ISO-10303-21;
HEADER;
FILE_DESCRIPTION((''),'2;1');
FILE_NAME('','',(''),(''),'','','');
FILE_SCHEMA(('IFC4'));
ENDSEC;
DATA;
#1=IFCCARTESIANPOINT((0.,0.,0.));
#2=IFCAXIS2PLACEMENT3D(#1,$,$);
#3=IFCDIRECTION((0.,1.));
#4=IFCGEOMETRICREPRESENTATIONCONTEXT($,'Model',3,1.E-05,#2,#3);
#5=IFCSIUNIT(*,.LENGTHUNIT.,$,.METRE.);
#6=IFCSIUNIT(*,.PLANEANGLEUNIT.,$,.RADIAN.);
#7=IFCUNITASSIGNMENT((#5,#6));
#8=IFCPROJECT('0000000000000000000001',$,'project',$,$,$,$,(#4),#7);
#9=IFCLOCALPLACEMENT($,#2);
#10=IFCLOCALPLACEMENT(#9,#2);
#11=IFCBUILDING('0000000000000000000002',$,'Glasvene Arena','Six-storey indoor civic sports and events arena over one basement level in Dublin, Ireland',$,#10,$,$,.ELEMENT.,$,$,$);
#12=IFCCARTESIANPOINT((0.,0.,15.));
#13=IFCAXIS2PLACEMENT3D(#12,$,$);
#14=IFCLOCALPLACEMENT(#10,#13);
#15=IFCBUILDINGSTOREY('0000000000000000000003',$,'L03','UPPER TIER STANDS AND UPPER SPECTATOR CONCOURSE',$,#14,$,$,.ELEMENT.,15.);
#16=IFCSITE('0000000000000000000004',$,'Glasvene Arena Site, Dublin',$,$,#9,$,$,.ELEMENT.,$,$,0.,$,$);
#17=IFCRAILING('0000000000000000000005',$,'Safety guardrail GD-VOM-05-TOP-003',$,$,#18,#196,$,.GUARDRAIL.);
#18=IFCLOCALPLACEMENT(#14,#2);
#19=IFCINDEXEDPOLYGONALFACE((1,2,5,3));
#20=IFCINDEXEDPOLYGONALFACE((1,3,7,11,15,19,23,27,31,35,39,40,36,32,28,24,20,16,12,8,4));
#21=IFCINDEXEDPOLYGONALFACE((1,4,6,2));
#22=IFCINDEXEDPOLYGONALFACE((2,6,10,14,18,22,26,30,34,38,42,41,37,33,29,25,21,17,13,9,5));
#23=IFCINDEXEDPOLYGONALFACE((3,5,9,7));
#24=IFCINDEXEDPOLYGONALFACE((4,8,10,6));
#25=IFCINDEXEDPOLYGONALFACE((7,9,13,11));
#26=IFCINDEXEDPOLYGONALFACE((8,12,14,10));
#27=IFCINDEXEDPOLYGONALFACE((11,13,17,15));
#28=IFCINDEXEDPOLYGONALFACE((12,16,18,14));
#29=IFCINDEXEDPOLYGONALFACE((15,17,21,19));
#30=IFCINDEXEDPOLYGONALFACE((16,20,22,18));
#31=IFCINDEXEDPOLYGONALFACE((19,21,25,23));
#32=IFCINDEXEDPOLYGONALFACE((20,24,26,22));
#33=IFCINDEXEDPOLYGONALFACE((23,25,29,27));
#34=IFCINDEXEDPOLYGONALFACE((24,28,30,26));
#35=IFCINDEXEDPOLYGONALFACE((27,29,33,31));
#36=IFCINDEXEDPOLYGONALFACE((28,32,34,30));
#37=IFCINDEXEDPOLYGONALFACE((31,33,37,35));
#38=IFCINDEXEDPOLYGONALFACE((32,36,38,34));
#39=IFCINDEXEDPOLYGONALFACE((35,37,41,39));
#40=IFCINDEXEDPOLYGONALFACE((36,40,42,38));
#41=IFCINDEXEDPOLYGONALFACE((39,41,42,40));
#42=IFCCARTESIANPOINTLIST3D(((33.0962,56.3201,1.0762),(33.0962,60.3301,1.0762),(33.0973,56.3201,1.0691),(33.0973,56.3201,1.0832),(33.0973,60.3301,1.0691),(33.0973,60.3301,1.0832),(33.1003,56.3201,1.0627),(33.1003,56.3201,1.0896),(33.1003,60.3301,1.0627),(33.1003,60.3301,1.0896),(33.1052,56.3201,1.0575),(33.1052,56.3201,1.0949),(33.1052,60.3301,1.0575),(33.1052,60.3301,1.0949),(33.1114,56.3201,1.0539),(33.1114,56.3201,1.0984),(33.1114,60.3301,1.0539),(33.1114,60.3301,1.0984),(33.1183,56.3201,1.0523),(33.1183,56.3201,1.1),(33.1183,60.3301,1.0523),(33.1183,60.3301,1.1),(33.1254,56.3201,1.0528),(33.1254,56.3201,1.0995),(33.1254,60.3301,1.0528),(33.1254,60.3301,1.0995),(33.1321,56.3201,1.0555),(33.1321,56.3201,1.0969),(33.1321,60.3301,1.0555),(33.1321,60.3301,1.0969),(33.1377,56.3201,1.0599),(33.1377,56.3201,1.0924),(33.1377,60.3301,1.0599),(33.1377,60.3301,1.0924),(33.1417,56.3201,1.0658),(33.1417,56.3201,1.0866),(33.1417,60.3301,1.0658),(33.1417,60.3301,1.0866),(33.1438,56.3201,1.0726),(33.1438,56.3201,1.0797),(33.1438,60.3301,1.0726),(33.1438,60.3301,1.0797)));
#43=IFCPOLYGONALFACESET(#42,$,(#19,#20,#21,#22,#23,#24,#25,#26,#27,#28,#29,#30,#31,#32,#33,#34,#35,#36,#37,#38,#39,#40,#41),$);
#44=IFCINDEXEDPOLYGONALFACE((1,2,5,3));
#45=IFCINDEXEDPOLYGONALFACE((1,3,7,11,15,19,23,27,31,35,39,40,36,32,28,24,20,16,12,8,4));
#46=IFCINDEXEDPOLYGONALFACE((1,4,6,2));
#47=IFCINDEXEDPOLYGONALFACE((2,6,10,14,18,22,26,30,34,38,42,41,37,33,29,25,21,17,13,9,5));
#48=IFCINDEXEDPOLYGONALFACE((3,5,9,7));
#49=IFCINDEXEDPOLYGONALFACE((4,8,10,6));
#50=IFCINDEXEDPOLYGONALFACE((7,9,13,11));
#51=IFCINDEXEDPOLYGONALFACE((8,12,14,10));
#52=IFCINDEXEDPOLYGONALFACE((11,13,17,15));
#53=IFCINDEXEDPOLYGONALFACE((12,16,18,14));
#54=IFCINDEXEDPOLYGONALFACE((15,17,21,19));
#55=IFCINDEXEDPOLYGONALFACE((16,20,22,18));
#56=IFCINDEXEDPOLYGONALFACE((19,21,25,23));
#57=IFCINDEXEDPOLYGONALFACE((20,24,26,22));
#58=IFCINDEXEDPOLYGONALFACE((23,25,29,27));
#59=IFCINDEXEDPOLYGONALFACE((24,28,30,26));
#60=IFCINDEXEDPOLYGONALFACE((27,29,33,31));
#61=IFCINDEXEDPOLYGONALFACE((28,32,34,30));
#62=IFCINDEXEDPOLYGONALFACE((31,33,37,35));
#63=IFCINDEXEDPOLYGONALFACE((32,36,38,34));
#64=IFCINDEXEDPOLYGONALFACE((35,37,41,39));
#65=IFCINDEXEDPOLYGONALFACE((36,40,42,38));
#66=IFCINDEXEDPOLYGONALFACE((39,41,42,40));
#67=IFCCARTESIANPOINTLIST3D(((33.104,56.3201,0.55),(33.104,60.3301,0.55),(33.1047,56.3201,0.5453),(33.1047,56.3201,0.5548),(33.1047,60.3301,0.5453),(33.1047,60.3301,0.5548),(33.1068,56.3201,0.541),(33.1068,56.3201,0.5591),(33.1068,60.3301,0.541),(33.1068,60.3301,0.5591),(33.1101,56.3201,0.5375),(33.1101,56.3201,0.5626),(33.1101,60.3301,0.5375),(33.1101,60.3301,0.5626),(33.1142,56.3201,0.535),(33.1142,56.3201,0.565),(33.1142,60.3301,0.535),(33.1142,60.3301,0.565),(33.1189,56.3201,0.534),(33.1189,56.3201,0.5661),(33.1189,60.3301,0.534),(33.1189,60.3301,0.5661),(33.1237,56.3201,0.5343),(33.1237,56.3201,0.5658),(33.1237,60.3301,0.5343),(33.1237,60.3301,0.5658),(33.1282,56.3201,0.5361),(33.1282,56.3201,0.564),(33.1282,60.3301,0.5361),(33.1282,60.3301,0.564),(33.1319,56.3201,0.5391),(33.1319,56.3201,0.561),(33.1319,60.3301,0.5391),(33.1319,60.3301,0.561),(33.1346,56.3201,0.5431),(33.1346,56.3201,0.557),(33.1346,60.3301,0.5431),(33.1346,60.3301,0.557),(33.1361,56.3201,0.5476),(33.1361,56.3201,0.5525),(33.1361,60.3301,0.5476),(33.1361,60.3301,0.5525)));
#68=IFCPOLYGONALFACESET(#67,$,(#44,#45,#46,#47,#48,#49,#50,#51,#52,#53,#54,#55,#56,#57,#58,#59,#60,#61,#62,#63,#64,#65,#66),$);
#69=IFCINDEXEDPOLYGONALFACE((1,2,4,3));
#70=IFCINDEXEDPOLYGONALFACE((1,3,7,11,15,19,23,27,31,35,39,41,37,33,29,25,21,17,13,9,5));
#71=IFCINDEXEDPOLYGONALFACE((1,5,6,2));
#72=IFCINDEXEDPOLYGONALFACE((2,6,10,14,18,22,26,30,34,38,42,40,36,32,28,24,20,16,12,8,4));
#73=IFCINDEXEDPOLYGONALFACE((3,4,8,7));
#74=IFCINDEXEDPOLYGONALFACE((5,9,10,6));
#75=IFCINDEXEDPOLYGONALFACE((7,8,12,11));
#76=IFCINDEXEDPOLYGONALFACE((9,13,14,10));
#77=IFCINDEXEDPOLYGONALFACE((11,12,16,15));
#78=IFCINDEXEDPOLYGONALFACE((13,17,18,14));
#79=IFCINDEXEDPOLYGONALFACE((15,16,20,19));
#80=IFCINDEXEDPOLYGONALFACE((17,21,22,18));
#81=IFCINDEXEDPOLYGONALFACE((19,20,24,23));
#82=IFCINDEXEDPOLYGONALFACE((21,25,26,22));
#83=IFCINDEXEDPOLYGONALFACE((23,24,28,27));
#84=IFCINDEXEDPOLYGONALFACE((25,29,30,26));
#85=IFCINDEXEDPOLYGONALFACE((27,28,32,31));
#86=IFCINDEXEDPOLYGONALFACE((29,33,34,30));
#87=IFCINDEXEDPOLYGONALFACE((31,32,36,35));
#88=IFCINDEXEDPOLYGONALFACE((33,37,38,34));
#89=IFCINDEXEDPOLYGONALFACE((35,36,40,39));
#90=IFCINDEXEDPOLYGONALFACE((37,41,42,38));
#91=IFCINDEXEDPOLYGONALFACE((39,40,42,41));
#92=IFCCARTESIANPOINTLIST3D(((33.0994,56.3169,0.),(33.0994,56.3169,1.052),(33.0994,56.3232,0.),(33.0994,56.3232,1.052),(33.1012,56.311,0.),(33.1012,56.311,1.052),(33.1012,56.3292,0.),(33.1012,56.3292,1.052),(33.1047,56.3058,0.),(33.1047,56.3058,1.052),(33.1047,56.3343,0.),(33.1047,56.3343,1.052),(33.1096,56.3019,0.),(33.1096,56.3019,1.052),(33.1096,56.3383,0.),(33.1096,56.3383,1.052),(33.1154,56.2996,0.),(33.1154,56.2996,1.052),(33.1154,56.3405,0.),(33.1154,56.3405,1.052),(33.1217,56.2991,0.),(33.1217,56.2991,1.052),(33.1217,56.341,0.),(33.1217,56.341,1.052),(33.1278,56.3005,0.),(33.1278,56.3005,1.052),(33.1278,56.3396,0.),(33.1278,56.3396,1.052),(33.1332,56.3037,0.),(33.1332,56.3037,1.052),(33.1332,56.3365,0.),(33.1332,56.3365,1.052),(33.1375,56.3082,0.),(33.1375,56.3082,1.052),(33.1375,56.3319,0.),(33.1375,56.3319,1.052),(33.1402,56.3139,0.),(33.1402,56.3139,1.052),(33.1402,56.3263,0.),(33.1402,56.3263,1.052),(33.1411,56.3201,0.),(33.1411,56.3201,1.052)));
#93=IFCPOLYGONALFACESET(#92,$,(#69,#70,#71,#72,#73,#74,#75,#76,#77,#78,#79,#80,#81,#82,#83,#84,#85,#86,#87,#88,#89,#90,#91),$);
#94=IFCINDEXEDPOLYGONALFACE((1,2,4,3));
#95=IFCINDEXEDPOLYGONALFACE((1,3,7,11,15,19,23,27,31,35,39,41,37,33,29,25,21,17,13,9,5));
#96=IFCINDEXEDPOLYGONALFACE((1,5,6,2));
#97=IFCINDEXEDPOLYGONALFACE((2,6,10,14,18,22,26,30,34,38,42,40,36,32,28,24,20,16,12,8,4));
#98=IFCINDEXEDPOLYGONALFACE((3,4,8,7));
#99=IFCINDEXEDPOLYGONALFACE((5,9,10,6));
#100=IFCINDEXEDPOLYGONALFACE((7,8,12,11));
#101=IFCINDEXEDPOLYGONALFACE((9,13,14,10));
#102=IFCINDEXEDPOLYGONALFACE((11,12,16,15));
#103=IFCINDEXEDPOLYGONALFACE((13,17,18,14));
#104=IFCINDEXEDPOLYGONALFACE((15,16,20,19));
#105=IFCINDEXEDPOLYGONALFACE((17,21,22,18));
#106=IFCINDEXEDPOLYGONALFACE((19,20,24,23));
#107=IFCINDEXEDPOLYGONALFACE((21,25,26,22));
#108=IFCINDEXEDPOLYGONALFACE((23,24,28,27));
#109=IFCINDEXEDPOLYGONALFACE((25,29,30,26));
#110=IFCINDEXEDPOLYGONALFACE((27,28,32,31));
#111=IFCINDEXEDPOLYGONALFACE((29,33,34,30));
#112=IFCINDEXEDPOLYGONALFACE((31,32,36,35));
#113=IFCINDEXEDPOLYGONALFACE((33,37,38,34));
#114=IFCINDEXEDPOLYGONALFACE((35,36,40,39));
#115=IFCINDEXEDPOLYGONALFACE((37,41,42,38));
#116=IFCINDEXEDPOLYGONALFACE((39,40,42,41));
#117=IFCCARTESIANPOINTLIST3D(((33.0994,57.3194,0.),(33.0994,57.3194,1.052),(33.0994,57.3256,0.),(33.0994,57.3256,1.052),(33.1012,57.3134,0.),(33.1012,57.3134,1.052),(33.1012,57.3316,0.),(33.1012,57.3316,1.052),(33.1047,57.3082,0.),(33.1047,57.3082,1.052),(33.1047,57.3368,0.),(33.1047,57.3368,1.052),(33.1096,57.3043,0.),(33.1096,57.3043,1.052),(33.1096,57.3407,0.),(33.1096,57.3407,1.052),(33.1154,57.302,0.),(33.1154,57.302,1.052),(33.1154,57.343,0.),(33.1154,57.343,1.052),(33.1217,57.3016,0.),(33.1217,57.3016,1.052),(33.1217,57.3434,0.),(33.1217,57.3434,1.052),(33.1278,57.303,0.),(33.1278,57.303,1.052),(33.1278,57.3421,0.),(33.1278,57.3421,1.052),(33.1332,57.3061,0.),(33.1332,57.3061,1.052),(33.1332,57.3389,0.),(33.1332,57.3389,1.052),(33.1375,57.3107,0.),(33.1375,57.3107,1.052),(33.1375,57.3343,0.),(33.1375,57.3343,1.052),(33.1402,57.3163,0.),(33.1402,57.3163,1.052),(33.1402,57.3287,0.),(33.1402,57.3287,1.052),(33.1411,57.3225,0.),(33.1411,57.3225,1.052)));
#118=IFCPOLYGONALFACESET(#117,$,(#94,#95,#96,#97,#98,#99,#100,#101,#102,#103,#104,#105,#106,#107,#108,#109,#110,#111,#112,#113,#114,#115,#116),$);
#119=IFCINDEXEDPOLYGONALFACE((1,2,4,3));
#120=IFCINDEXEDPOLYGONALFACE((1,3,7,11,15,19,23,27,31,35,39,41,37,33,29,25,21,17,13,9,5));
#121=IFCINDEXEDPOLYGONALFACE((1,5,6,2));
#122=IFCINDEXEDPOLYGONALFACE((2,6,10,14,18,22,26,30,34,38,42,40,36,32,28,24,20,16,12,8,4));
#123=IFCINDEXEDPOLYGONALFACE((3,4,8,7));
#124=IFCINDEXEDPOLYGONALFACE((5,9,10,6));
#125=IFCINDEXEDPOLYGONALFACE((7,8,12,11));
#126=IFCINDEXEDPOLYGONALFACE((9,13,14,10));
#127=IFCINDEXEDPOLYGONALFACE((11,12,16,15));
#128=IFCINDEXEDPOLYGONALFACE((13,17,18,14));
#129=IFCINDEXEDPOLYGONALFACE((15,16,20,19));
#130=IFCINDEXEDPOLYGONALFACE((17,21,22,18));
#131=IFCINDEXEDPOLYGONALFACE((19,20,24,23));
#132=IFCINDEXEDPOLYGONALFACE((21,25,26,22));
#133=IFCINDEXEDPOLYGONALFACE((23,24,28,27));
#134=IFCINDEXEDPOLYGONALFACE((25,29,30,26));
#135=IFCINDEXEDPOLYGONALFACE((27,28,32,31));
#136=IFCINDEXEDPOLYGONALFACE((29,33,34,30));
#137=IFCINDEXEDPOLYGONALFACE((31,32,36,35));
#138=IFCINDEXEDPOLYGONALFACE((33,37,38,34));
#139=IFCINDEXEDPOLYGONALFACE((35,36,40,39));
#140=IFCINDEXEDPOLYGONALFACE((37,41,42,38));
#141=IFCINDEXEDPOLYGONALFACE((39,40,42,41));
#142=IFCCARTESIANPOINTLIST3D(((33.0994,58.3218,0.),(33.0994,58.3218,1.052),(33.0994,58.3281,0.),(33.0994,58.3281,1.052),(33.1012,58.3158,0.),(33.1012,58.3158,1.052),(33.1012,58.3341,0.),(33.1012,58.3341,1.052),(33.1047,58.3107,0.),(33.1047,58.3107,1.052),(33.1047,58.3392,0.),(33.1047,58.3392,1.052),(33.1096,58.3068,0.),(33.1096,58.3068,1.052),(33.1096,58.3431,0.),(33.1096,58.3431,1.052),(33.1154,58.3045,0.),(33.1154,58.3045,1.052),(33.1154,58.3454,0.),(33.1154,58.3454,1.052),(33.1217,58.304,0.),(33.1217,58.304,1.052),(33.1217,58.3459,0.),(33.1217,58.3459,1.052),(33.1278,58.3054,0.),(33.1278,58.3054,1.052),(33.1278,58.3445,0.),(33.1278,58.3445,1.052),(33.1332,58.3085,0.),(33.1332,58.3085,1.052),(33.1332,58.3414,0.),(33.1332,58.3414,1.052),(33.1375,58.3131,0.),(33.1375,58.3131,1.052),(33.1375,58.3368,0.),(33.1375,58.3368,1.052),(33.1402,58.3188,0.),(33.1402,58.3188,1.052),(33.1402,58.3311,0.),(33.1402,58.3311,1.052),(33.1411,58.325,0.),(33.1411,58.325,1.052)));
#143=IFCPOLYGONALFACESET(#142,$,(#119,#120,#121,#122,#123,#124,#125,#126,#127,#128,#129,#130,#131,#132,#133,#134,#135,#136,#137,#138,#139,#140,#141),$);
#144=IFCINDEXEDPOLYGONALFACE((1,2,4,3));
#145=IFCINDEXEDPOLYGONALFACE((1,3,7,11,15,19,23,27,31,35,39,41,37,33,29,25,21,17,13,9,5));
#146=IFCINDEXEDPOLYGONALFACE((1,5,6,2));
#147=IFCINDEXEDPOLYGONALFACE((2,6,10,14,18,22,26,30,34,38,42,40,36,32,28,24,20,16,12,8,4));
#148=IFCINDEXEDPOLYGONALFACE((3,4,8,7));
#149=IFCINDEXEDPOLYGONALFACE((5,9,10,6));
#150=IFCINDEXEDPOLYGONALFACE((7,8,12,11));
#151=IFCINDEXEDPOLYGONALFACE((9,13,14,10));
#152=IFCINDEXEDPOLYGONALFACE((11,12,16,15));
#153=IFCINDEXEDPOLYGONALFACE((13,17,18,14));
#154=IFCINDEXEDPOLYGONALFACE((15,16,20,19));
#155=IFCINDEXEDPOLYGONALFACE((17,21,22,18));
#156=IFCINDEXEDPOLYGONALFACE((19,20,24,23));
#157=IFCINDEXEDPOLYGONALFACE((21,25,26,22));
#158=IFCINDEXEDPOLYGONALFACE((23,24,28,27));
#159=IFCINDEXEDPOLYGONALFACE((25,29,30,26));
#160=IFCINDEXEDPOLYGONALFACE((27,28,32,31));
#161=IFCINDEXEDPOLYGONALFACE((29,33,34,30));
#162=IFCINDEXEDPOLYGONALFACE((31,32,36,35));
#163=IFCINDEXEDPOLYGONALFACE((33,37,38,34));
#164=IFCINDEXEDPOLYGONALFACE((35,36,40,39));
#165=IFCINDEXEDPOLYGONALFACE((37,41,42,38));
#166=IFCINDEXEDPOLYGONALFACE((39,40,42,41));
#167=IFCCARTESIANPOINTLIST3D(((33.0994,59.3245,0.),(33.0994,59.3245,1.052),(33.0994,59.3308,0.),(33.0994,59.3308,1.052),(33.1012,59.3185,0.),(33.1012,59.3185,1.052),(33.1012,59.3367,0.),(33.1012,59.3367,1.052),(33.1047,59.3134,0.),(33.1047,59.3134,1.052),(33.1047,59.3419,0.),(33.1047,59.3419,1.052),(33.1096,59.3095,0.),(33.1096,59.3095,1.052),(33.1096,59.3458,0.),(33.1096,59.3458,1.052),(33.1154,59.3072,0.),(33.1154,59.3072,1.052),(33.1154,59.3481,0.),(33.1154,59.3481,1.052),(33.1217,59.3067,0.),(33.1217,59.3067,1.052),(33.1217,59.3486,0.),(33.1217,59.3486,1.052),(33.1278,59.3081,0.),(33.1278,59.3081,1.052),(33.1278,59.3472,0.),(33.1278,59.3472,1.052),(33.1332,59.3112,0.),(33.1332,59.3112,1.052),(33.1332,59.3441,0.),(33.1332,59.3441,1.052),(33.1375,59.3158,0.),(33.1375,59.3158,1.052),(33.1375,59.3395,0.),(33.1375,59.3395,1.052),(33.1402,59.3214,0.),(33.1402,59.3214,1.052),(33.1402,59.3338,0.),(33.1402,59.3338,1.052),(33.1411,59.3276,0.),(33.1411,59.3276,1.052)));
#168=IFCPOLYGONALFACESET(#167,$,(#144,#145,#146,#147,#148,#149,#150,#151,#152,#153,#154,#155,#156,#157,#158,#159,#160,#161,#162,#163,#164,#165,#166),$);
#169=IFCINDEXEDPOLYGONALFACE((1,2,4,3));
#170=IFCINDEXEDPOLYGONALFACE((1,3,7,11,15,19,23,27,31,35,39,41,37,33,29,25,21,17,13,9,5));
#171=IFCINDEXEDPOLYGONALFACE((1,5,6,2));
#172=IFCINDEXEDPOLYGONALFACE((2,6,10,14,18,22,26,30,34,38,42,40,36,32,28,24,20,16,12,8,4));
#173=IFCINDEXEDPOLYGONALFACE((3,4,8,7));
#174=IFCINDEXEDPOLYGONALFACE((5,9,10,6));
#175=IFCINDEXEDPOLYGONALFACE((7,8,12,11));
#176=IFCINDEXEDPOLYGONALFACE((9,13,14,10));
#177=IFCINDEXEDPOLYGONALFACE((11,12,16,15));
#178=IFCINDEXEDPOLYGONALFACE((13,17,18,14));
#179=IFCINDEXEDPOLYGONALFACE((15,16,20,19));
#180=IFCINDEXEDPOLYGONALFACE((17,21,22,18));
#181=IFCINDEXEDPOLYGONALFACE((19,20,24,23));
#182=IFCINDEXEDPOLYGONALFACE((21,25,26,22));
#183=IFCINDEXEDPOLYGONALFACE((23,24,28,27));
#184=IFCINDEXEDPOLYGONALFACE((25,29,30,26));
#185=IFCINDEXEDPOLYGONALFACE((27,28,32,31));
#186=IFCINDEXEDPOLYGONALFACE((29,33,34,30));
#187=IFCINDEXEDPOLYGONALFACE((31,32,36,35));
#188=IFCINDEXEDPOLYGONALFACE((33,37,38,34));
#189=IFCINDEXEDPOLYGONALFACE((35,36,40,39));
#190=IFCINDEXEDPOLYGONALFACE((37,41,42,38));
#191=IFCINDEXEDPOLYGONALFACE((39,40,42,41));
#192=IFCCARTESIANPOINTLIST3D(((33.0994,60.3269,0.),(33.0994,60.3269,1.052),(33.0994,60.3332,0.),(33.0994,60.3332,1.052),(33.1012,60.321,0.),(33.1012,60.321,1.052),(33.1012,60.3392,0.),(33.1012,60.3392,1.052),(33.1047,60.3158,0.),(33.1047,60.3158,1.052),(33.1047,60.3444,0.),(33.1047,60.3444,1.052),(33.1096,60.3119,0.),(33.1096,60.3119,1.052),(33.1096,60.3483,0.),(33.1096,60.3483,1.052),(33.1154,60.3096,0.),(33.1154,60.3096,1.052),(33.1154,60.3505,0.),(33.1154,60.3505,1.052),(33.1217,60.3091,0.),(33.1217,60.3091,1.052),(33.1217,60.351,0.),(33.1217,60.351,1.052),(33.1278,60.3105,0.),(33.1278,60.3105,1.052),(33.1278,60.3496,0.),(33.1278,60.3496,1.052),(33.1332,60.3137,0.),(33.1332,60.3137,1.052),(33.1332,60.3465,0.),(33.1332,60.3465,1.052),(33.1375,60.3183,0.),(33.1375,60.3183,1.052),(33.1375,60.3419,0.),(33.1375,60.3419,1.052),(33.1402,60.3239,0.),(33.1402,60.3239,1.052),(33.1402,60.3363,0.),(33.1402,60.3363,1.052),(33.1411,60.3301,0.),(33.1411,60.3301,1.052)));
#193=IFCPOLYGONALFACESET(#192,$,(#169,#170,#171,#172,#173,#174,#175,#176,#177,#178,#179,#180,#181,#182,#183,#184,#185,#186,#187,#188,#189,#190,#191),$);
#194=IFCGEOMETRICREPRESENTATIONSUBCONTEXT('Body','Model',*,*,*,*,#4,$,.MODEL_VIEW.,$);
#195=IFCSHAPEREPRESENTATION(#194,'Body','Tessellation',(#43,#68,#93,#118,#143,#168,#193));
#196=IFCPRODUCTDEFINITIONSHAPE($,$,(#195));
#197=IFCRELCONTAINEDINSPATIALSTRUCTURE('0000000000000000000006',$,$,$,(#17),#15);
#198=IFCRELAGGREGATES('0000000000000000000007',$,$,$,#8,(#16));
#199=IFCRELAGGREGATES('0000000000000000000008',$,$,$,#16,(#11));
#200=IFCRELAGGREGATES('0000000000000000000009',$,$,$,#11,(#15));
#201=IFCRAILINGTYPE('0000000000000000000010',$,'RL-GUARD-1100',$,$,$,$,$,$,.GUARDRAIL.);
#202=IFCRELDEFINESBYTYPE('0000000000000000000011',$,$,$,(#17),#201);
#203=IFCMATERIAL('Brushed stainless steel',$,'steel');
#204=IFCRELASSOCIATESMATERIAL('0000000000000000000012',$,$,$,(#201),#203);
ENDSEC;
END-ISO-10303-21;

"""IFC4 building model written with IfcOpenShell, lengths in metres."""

from ifc_helpers import new_model, si_unit, direction, frame, origin, origin_2d, place, context, subcontext, project, spatial, circle, extrude, material, type_object, element, save


model = new_model("IFC4")

# Units and contexts
model_context = context("Model", 3, precision=1e-05, world=origin(), true_north=direction((0.0, 1.0)))
body_context = subcontext(model_context, "Body", "Model", "MODEL_VIEW")
ifc_project = project(units=[si_unit("LENGTHUNIT", "METRE"), si_unit("PLANEANGLEUNIT", "RADIAN")], contexts=[model_context])

# Site, building, storey
site_placement = place(None, origin())
site = spatial("IfcSite", under=ifc_project, at=site_placement, Name="Glasvene Arena Site, Dublin", CompositionType="ELEMENT", RefElevation=0.0)
building_placement = place(site_placement, origin())
building = spatial("IfcBuilding", under=site, at=building_placement, Name="Glasvene Arena", Description="Six-storey indoor civic sports and events arena over one basement level in Dublin, Ireland", CompositionType="ELEMENT")
storey_placement = place(building_placement, frame((0.0, 0.0, 15.0)))
storey = spatial("IfcBuildingStorey", under=building, at=storey_placement, Name="L03", Description="UPPER TIER STANDS AND UPPER SPECTATOR CONCOURSE", CompositionType="ELEMENT", Elevation=15.0)

# Shared definitions
ifc_material_1 = material(Name="Brushed stainless steel", Category="steel")

# Railing
railing_type = type_object("IfcRailingType", Name="RL-GUARD-1100", PredefinedType="GUARDRAIL", material=ifc_material_1)
railing_1_placement = place(storey_placement, frame((33.1201, 56.3201, 0.0)))
element("IfcRailing", 1, at=railing_1_placement, inside=storey, type_object=railing_type, Name="Safety guardrail GD-VOM-05-TOP-003", PredefinedType="GUARDRAIL", context=body_context, shape_type="SweptSolid", body=[
    extrude(circle(Radius=0.0239, at=origin_2d()), frame((0.0, 0.0, 1.0762), z_axis=(0.0, 1.0, 0.0), x_axis=(-1.0, 0.0, 0.0)), (0.0, 0.0, 1.0), 4.01),
    extrude(circle(Radius=0.0161, at=origin_2d()), frame((0.0, 0.0, 0.55), z_axis=(0.0, 1.0, 0.0), x_axis=(-1.0, 0.0, 0.0)), (0.0, 0.0, 1.0), 4.01),
    extrude(circle(Radius=0.021, at=origin_2d()), origin(), (0.0, 0.0, 1.0), 1.052),
    extrude(circle(Radius=0.021, at=origin_2d()), frame((0.0, 1.0024, 0.0)), (0.0, 0.0, 1.0), 1.052),
    extrude(circle(Radius=0.021, at=origin_2d()), frame((0.0, 2.0049, 0.0)), (0.0, 0.0, 1.0), 1.052),
    extrude(circle(Radius=0.021, at=origin_2d()), frame((0.0, 3.0076, 0.0)), (0.0, 0.0, 1.0), 1.052),
    extrude(circle(Radius=0.021, at=origin_2d()), frame((0.0, 4.01, 0.0)), (0.0, 0.0, 1.0), 1.052),
])

save(model, "model.ifc")
